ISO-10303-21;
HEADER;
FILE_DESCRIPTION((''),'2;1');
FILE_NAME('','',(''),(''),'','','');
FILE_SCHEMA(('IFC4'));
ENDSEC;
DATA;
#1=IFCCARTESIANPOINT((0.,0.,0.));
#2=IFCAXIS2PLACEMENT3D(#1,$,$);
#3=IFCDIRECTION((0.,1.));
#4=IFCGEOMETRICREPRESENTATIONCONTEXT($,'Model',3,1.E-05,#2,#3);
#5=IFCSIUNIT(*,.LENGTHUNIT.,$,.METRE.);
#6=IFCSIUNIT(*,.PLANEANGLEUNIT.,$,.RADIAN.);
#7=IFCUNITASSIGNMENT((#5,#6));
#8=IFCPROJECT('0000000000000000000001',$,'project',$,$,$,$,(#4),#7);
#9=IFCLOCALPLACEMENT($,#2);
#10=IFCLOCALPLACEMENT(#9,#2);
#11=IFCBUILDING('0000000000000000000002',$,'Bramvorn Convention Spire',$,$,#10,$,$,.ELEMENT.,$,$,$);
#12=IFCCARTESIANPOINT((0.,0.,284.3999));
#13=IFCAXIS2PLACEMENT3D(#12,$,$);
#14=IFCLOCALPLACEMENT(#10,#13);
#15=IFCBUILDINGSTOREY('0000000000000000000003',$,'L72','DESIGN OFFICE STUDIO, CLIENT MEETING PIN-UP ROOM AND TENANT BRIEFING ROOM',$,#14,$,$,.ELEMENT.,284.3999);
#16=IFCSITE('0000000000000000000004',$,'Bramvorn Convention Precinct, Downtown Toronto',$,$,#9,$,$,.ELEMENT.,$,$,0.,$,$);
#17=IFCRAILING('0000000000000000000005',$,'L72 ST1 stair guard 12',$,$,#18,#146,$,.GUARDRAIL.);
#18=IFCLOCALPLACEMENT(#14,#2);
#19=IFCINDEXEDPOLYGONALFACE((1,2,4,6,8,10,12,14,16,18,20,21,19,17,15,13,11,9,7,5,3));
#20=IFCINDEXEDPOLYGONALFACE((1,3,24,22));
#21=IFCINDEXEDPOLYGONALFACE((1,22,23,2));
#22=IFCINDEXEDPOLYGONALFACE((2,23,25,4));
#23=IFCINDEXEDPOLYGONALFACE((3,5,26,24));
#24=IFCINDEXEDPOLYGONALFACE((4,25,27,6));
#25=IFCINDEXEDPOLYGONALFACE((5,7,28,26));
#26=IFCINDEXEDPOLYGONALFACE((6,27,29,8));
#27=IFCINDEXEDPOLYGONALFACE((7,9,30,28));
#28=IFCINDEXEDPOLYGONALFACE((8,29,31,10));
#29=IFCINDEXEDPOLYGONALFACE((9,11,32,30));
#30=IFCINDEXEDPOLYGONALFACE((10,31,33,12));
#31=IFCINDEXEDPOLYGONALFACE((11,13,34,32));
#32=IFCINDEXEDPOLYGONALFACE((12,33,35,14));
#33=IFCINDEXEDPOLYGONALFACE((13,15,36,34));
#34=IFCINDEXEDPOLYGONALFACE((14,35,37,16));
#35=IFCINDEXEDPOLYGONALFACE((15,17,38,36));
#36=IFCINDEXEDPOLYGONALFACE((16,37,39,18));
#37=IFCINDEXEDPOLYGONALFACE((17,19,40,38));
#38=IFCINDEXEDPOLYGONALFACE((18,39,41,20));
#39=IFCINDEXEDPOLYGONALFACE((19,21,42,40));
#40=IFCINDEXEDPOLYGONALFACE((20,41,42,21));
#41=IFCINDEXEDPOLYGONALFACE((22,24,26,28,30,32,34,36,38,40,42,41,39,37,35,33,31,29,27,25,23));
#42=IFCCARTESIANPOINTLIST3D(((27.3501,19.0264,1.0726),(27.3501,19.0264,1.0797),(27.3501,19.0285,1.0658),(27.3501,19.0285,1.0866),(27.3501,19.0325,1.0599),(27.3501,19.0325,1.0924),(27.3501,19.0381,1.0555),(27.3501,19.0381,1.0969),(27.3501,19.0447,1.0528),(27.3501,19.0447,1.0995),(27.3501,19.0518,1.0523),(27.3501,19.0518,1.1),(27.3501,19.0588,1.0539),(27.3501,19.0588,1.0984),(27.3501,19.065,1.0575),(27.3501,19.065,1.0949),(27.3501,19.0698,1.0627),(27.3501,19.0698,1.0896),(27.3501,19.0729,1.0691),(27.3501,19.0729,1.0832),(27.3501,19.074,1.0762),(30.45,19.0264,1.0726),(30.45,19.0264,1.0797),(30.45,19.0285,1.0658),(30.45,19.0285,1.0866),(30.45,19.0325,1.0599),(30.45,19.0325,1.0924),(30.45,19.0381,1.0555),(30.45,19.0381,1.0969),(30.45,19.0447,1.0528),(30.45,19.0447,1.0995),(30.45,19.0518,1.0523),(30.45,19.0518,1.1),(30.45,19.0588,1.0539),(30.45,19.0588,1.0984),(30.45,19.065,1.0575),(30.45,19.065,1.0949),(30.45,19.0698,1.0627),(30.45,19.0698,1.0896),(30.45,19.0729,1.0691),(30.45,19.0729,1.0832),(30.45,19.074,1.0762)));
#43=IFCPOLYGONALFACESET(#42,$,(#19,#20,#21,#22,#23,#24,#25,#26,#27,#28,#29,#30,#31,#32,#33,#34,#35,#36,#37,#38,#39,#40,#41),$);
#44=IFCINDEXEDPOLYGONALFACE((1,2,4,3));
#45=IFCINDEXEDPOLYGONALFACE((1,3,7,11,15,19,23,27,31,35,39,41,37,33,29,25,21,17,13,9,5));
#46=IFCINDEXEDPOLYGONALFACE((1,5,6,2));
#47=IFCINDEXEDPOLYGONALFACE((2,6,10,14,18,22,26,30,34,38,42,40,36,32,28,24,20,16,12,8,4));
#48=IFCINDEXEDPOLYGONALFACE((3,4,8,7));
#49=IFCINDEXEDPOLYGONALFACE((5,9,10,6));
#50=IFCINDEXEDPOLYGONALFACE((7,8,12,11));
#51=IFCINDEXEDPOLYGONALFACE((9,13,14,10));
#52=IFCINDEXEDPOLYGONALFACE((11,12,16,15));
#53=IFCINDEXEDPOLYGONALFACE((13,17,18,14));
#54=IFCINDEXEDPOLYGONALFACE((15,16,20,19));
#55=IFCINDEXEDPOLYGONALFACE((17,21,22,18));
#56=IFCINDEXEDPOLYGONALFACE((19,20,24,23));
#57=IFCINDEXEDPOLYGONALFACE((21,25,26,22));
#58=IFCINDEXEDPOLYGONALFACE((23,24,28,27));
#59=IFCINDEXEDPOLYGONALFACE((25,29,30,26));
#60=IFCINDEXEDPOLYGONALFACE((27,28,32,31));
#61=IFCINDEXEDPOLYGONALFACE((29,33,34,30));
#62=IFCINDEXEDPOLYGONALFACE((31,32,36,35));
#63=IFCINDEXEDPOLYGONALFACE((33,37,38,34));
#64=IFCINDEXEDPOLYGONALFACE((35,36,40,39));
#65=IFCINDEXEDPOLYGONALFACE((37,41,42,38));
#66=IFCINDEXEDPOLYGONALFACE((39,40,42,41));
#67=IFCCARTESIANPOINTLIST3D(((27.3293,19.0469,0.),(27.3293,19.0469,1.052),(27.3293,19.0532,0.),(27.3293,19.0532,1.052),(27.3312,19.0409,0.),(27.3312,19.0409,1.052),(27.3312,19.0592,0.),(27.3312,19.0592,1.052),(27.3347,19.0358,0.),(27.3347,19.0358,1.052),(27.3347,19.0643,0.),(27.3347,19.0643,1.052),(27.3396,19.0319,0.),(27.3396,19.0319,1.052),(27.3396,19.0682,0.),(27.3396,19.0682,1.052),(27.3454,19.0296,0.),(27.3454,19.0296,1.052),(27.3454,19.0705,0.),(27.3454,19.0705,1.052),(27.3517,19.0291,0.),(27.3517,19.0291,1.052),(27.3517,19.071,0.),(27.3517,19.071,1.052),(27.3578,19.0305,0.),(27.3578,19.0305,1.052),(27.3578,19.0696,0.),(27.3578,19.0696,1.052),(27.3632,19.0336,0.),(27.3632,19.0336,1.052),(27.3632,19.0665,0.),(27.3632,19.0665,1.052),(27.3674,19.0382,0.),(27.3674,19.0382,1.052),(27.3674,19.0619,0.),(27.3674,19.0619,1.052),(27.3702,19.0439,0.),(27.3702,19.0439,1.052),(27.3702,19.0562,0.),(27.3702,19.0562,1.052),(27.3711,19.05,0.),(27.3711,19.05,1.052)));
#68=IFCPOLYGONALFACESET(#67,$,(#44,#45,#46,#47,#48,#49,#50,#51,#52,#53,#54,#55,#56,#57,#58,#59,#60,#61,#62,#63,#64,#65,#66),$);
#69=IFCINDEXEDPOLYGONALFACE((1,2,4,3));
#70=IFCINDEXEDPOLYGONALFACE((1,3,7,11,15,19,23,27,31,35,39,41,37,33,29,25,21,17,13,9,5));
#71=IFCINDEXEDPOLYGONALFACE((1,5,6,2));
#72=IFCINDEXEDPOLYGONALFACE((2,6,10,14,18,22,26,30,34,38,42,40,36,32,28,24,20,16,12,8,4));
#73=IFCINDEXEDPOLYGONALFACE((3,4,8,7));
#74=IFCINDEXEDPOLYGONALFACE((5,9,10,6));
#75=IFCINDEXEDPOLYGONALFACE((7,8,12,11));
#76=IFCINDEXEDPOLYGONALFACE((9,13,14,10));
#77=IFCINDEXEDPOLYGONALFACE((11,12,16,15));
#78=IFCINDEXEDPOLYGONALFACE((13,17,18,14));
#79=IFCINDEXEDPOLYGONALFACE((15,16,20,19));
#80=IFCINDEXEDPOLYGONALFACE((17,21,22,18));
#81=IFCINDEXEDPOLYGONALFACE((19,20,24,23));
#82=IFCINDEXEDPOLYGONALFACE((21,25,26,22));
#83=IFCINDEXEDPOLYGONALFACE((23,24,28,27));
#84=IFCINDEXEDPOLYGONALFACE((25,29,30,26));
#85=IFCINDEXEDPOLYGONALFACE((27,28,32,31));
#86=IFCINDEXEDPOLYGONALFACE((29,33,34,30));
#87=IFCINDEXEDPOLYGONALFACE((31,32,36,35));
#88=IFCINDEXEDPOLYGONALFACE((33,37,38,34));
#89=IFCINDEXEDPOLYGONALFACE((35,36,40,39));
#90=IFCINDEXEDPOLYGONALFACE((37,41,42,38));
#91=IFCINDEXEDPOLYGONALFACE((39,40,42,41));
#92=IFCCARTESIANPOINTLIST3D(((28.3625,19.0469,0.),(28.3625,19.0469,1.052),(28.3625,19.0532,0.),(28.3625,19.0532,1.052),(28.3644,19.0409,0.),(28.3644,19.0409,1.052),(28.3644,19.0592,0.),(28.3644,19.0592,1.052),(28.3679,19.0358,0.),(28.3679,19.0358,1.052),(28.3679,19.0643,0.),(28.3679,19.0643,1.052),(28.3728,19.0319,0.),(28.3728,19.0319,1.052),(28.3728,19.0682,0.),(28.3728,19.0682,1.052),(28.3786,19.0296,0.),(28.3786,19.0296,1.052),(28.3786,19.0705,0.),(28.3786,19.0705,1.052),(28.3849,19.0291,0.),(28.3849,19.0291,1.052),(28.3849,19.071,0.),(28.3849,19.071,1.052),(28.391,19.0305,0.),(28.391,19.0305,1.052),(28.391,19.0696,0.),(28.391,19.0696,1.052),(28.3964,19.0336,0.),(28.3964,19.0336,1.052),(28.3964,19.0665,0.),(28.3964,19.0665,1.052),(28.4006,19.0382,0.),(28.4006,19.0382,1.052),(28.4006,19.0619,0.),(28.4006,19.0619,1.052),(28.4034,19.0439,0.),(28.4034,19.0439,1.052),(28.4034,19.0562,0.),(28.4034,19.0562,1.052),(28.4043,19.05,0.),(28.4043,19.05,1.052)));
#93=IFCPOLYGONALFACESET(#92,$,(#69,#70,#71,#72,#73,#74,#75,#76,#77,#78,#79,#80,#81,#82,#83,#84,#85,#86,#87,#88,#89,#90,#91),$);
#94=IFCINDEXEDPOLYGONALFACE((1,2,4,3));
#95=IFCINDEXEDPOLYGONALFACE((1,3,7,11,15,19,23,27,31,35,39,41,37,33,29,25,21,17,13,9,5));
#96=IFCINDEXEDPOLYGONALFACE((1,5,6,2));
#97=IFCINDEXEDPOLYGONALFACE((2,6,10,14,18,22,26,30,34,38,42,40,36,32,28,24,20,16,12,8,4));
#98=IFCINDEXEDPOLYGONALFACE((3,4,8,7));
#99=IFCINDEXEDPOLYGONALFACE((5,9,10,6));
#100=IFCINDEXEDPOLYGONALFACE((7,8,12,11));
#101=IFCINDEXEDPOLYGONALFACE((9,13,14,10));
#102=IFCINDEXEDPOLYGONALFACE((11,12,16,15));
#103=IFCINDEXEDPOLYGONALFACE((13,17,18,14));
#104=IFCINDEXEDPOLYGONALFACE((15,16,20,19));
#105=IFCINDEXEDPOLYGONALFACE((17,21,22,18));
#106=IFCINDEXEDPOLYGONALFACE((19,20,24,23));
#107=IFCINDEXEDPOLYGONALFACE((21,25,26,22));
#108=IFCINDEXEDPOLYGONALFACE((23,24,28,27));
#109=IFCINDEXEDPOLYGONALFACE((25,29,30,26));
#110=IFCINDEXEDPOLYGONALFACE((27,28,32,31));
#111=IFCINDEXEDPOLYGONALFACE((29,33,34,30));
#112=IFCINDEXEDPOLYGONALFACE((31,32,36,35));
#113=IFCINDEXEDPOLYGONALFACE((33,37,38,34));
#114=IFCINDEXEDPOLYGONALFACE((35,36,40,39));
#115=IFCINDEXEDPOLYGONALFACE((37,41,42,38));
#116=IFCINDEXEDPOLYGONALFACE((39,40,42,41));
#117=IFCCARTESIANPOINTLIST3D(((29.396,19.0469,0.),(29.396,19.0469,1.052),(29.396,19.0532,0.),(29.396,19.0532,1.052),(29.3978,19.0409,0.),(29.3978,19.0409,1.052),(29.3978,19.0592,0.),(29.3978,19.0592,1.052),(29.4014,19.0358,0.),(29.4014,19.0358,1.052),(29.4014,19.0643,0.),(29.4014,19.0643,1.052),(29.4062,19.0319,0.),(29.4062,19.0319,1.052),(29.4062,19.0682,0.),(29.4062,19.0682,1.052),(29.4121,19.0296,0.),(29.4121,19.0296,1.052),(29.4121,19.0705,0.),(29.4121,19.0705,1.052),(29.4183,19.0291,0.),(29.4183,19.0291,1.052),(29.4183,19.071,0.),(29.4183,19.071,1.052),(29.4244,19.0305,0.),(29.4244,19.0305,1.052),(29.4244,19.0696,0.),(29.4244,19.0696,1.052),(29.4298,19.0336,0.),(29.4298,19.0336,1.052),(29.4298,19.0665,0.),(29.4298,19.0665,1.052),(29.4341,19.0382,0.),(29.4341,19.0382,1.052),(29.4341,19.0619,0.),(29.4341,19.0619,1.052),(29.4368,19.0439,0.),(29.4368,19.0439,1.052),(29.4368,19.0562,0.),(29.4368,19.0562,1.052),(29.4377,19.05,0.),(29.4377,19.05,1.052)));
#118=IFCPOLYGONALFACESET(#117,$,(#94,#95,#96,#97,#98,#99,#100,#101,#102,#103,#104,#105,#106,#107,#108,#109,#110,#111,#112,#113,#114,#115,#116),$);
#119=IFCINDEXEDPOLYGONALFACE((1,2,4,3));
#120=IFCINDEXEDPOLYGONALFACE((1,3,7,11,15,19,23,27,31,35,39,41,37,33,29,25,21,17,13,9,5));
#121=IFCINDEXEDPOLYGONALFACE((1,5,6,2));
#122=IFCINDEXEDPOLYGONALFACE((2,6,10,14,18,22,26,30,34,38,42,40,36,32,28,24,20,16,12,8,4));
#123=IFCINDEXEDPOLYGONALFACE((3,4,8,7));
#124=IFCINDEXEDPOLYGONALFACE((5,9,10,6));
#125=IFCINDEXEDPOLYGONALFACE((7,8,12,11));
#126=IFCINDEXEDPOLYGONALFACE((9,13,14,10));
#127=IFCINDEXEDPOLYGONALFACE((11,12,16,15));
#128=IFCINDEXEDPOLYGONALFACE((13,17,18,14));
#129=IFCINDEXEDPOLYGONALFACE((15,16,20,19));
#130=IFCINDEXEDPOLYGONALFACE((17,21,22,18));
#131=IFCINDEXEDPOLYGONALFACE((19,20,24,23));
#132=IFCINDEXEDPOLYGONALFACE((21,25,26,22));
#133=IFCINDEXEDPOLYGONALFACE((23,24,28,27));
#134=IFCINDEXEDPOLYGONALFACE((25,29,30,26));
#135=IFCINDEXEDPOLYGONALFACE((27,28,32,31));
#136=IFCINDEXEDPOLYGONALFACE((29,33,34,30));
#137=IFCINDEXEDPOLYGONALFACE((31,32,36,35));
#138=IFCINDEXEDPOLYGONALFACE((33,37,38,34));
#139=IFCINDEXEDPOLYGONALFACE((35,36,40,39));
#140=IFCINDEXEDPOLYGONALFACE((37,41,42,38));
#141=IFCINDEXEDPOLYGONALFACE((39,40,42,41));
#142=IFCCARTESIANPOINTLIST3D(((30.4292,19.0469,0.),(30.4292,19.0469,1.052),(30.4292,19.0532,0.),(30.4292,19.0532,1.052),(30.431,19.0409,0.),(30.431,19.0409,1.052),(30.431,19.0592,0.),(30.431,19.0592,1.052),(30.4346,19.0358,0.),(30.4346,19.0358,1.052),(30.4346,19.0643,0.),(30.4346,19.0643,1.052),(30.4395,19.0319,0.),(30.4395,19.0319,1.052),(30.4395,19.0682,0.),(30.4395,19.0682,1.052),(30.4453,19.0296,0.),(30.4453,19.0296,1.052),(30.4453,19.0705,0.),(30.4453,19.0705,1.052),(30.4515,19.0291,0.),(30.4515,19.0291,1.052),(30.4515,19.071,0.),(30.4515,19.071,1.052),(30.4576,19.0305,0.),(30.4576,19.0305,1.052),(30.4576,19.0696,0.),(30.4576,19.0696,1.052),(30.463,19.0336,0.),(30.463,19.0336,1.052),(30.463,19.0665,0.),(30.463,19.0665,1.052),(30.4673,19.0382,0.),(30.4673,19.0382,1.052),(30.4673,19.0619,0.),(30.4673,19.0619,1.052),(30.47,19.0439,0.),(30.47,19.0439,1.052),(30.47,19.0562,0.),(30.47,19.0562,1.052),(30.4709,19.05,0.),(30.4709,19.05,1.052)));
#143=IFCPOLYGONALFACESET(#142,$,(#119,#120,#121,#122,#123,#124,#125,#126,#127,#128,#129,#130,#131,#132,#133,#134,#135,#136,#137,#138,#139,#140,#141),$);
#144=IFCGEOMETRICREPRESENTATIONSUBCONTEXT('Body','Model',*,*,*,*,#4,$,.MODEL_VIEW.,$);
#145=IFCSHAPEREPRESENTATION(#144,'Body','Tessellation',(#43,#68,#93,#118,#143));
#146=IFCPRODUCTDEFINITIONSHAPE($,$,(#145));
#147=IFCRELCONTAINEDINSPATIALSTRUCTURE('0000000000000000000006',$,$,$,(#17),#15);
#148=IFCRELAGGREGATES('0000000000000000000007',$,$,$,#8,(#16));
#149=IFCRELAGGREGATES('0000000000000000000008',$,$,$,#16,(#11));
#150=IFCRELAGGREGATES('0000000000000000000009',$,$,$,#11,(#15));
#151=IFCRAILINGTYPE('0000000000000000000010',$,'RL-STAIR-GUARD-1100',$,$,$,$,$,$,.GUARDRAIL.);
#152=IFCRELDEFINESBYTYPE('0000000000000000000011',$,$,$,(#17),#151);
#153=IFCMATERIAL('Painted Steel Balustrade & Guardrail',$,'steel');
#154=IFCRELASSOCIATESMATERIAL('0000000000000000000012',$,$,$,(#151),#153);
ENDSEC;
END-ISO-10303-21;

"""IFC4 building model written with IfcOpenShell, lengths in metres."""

from ifc_helpers import new_model, si_unit, direction, frame, origin, origin_2d, place, context, subcontext, project, spatial, circle, extrude, material, type_object, element, save


model = new_model("IFC4")

# Units and contexts
model_context = context("Model", 3, precision=1e-05, world=origin(), true_north=direction((0.0, 1.0)))
body_context = subcontext(model_context, "Body", "Model", "MODEL_VIEW")
ifc_project = project(units=[si_unit("LENGTHUNIT", "METRE"), si_unit("PLANEANGLEUNIT", "RADIAN")], contexts=[model_context])

# Site, building, storey
site_placement = place(None, origin())
site = spatial("IfcSite", under=ifc_project, at=site_placement, Name="Bramvorn Convention Precinct, Downtown Toronto", CompositionType="ELEMENT", RefElevation=0.0)
building_placement = place(site_placement, origin())
building = spatial("IfcBuilding", under=site, at=building_placement, Name="Bramvorn Convention Spire", CompositionType="ELEMENT")
storey_placement = place(building_placement, frame((0.0, 0.0, 284.3999)))
storey = spatial("IfcBuildingStorey", under=building, at=storey_placement, Name="L72", Description="DESIGN OFFICE STUDIO, CLIENT MEETING PIN-UP ROOM AND TENANT BRIEFING ROOM", CompositionType="ELEMENT", Elevation=284.3999)

# Railing
ifc_material_1 = material(Name="Painted Steel Balustrade & Guardrail", Category="steel")
railing_type_1 = type_object("IfcRailingType", Name="RL-STAIR-GUARD-1100", PredefinedType="GUARDRAIL", material=ifc_material_1)
railing_1_placement = place(storey_placement, frame((27.3501, 19.05, 0.0)))
element("IfcRailing", 1, at=railing_1_placement, inside=storey, type_object=railing_type_1, Name="L72 ST1 stair guard 12", PredefinedType="GUARDRAIL", context=body_context, shape_type="SweptSolid", body=[
    extrude(circle(Radius=0.0239, at=origin_2d()), frame((0.0, 0.0, 1.0762), z_axis=(1.0, 0.0, 0.0), x_axis=(0.0, 1.0, 0.0)), (0.0, 0.0, 1.0), 3.0999),
    extrude(circle(Radius=0.021, at=origin_2d()), origin(), (0.0, 0.0, 1.0), 1.052),
    extrude(circle(Radius=0.021, at=origin_2d()), frame((1.0332, 0.0, 0.0)), (0.0, 0.0, 1.0), 1.052),
    extrude(circle(Radius=0.021, at=origin_2d()), frame((2.0667, 0.0, 0.0)), (0.0, 0.0, 1.0), 1.052),
    extrude(circle(Radius=0.021, at=origin_2d()), frame((3.0999, 0.0, 0.0)), (0.0, 0.0, 1.0), 1.052),
])

save(model, "model.ifc")
